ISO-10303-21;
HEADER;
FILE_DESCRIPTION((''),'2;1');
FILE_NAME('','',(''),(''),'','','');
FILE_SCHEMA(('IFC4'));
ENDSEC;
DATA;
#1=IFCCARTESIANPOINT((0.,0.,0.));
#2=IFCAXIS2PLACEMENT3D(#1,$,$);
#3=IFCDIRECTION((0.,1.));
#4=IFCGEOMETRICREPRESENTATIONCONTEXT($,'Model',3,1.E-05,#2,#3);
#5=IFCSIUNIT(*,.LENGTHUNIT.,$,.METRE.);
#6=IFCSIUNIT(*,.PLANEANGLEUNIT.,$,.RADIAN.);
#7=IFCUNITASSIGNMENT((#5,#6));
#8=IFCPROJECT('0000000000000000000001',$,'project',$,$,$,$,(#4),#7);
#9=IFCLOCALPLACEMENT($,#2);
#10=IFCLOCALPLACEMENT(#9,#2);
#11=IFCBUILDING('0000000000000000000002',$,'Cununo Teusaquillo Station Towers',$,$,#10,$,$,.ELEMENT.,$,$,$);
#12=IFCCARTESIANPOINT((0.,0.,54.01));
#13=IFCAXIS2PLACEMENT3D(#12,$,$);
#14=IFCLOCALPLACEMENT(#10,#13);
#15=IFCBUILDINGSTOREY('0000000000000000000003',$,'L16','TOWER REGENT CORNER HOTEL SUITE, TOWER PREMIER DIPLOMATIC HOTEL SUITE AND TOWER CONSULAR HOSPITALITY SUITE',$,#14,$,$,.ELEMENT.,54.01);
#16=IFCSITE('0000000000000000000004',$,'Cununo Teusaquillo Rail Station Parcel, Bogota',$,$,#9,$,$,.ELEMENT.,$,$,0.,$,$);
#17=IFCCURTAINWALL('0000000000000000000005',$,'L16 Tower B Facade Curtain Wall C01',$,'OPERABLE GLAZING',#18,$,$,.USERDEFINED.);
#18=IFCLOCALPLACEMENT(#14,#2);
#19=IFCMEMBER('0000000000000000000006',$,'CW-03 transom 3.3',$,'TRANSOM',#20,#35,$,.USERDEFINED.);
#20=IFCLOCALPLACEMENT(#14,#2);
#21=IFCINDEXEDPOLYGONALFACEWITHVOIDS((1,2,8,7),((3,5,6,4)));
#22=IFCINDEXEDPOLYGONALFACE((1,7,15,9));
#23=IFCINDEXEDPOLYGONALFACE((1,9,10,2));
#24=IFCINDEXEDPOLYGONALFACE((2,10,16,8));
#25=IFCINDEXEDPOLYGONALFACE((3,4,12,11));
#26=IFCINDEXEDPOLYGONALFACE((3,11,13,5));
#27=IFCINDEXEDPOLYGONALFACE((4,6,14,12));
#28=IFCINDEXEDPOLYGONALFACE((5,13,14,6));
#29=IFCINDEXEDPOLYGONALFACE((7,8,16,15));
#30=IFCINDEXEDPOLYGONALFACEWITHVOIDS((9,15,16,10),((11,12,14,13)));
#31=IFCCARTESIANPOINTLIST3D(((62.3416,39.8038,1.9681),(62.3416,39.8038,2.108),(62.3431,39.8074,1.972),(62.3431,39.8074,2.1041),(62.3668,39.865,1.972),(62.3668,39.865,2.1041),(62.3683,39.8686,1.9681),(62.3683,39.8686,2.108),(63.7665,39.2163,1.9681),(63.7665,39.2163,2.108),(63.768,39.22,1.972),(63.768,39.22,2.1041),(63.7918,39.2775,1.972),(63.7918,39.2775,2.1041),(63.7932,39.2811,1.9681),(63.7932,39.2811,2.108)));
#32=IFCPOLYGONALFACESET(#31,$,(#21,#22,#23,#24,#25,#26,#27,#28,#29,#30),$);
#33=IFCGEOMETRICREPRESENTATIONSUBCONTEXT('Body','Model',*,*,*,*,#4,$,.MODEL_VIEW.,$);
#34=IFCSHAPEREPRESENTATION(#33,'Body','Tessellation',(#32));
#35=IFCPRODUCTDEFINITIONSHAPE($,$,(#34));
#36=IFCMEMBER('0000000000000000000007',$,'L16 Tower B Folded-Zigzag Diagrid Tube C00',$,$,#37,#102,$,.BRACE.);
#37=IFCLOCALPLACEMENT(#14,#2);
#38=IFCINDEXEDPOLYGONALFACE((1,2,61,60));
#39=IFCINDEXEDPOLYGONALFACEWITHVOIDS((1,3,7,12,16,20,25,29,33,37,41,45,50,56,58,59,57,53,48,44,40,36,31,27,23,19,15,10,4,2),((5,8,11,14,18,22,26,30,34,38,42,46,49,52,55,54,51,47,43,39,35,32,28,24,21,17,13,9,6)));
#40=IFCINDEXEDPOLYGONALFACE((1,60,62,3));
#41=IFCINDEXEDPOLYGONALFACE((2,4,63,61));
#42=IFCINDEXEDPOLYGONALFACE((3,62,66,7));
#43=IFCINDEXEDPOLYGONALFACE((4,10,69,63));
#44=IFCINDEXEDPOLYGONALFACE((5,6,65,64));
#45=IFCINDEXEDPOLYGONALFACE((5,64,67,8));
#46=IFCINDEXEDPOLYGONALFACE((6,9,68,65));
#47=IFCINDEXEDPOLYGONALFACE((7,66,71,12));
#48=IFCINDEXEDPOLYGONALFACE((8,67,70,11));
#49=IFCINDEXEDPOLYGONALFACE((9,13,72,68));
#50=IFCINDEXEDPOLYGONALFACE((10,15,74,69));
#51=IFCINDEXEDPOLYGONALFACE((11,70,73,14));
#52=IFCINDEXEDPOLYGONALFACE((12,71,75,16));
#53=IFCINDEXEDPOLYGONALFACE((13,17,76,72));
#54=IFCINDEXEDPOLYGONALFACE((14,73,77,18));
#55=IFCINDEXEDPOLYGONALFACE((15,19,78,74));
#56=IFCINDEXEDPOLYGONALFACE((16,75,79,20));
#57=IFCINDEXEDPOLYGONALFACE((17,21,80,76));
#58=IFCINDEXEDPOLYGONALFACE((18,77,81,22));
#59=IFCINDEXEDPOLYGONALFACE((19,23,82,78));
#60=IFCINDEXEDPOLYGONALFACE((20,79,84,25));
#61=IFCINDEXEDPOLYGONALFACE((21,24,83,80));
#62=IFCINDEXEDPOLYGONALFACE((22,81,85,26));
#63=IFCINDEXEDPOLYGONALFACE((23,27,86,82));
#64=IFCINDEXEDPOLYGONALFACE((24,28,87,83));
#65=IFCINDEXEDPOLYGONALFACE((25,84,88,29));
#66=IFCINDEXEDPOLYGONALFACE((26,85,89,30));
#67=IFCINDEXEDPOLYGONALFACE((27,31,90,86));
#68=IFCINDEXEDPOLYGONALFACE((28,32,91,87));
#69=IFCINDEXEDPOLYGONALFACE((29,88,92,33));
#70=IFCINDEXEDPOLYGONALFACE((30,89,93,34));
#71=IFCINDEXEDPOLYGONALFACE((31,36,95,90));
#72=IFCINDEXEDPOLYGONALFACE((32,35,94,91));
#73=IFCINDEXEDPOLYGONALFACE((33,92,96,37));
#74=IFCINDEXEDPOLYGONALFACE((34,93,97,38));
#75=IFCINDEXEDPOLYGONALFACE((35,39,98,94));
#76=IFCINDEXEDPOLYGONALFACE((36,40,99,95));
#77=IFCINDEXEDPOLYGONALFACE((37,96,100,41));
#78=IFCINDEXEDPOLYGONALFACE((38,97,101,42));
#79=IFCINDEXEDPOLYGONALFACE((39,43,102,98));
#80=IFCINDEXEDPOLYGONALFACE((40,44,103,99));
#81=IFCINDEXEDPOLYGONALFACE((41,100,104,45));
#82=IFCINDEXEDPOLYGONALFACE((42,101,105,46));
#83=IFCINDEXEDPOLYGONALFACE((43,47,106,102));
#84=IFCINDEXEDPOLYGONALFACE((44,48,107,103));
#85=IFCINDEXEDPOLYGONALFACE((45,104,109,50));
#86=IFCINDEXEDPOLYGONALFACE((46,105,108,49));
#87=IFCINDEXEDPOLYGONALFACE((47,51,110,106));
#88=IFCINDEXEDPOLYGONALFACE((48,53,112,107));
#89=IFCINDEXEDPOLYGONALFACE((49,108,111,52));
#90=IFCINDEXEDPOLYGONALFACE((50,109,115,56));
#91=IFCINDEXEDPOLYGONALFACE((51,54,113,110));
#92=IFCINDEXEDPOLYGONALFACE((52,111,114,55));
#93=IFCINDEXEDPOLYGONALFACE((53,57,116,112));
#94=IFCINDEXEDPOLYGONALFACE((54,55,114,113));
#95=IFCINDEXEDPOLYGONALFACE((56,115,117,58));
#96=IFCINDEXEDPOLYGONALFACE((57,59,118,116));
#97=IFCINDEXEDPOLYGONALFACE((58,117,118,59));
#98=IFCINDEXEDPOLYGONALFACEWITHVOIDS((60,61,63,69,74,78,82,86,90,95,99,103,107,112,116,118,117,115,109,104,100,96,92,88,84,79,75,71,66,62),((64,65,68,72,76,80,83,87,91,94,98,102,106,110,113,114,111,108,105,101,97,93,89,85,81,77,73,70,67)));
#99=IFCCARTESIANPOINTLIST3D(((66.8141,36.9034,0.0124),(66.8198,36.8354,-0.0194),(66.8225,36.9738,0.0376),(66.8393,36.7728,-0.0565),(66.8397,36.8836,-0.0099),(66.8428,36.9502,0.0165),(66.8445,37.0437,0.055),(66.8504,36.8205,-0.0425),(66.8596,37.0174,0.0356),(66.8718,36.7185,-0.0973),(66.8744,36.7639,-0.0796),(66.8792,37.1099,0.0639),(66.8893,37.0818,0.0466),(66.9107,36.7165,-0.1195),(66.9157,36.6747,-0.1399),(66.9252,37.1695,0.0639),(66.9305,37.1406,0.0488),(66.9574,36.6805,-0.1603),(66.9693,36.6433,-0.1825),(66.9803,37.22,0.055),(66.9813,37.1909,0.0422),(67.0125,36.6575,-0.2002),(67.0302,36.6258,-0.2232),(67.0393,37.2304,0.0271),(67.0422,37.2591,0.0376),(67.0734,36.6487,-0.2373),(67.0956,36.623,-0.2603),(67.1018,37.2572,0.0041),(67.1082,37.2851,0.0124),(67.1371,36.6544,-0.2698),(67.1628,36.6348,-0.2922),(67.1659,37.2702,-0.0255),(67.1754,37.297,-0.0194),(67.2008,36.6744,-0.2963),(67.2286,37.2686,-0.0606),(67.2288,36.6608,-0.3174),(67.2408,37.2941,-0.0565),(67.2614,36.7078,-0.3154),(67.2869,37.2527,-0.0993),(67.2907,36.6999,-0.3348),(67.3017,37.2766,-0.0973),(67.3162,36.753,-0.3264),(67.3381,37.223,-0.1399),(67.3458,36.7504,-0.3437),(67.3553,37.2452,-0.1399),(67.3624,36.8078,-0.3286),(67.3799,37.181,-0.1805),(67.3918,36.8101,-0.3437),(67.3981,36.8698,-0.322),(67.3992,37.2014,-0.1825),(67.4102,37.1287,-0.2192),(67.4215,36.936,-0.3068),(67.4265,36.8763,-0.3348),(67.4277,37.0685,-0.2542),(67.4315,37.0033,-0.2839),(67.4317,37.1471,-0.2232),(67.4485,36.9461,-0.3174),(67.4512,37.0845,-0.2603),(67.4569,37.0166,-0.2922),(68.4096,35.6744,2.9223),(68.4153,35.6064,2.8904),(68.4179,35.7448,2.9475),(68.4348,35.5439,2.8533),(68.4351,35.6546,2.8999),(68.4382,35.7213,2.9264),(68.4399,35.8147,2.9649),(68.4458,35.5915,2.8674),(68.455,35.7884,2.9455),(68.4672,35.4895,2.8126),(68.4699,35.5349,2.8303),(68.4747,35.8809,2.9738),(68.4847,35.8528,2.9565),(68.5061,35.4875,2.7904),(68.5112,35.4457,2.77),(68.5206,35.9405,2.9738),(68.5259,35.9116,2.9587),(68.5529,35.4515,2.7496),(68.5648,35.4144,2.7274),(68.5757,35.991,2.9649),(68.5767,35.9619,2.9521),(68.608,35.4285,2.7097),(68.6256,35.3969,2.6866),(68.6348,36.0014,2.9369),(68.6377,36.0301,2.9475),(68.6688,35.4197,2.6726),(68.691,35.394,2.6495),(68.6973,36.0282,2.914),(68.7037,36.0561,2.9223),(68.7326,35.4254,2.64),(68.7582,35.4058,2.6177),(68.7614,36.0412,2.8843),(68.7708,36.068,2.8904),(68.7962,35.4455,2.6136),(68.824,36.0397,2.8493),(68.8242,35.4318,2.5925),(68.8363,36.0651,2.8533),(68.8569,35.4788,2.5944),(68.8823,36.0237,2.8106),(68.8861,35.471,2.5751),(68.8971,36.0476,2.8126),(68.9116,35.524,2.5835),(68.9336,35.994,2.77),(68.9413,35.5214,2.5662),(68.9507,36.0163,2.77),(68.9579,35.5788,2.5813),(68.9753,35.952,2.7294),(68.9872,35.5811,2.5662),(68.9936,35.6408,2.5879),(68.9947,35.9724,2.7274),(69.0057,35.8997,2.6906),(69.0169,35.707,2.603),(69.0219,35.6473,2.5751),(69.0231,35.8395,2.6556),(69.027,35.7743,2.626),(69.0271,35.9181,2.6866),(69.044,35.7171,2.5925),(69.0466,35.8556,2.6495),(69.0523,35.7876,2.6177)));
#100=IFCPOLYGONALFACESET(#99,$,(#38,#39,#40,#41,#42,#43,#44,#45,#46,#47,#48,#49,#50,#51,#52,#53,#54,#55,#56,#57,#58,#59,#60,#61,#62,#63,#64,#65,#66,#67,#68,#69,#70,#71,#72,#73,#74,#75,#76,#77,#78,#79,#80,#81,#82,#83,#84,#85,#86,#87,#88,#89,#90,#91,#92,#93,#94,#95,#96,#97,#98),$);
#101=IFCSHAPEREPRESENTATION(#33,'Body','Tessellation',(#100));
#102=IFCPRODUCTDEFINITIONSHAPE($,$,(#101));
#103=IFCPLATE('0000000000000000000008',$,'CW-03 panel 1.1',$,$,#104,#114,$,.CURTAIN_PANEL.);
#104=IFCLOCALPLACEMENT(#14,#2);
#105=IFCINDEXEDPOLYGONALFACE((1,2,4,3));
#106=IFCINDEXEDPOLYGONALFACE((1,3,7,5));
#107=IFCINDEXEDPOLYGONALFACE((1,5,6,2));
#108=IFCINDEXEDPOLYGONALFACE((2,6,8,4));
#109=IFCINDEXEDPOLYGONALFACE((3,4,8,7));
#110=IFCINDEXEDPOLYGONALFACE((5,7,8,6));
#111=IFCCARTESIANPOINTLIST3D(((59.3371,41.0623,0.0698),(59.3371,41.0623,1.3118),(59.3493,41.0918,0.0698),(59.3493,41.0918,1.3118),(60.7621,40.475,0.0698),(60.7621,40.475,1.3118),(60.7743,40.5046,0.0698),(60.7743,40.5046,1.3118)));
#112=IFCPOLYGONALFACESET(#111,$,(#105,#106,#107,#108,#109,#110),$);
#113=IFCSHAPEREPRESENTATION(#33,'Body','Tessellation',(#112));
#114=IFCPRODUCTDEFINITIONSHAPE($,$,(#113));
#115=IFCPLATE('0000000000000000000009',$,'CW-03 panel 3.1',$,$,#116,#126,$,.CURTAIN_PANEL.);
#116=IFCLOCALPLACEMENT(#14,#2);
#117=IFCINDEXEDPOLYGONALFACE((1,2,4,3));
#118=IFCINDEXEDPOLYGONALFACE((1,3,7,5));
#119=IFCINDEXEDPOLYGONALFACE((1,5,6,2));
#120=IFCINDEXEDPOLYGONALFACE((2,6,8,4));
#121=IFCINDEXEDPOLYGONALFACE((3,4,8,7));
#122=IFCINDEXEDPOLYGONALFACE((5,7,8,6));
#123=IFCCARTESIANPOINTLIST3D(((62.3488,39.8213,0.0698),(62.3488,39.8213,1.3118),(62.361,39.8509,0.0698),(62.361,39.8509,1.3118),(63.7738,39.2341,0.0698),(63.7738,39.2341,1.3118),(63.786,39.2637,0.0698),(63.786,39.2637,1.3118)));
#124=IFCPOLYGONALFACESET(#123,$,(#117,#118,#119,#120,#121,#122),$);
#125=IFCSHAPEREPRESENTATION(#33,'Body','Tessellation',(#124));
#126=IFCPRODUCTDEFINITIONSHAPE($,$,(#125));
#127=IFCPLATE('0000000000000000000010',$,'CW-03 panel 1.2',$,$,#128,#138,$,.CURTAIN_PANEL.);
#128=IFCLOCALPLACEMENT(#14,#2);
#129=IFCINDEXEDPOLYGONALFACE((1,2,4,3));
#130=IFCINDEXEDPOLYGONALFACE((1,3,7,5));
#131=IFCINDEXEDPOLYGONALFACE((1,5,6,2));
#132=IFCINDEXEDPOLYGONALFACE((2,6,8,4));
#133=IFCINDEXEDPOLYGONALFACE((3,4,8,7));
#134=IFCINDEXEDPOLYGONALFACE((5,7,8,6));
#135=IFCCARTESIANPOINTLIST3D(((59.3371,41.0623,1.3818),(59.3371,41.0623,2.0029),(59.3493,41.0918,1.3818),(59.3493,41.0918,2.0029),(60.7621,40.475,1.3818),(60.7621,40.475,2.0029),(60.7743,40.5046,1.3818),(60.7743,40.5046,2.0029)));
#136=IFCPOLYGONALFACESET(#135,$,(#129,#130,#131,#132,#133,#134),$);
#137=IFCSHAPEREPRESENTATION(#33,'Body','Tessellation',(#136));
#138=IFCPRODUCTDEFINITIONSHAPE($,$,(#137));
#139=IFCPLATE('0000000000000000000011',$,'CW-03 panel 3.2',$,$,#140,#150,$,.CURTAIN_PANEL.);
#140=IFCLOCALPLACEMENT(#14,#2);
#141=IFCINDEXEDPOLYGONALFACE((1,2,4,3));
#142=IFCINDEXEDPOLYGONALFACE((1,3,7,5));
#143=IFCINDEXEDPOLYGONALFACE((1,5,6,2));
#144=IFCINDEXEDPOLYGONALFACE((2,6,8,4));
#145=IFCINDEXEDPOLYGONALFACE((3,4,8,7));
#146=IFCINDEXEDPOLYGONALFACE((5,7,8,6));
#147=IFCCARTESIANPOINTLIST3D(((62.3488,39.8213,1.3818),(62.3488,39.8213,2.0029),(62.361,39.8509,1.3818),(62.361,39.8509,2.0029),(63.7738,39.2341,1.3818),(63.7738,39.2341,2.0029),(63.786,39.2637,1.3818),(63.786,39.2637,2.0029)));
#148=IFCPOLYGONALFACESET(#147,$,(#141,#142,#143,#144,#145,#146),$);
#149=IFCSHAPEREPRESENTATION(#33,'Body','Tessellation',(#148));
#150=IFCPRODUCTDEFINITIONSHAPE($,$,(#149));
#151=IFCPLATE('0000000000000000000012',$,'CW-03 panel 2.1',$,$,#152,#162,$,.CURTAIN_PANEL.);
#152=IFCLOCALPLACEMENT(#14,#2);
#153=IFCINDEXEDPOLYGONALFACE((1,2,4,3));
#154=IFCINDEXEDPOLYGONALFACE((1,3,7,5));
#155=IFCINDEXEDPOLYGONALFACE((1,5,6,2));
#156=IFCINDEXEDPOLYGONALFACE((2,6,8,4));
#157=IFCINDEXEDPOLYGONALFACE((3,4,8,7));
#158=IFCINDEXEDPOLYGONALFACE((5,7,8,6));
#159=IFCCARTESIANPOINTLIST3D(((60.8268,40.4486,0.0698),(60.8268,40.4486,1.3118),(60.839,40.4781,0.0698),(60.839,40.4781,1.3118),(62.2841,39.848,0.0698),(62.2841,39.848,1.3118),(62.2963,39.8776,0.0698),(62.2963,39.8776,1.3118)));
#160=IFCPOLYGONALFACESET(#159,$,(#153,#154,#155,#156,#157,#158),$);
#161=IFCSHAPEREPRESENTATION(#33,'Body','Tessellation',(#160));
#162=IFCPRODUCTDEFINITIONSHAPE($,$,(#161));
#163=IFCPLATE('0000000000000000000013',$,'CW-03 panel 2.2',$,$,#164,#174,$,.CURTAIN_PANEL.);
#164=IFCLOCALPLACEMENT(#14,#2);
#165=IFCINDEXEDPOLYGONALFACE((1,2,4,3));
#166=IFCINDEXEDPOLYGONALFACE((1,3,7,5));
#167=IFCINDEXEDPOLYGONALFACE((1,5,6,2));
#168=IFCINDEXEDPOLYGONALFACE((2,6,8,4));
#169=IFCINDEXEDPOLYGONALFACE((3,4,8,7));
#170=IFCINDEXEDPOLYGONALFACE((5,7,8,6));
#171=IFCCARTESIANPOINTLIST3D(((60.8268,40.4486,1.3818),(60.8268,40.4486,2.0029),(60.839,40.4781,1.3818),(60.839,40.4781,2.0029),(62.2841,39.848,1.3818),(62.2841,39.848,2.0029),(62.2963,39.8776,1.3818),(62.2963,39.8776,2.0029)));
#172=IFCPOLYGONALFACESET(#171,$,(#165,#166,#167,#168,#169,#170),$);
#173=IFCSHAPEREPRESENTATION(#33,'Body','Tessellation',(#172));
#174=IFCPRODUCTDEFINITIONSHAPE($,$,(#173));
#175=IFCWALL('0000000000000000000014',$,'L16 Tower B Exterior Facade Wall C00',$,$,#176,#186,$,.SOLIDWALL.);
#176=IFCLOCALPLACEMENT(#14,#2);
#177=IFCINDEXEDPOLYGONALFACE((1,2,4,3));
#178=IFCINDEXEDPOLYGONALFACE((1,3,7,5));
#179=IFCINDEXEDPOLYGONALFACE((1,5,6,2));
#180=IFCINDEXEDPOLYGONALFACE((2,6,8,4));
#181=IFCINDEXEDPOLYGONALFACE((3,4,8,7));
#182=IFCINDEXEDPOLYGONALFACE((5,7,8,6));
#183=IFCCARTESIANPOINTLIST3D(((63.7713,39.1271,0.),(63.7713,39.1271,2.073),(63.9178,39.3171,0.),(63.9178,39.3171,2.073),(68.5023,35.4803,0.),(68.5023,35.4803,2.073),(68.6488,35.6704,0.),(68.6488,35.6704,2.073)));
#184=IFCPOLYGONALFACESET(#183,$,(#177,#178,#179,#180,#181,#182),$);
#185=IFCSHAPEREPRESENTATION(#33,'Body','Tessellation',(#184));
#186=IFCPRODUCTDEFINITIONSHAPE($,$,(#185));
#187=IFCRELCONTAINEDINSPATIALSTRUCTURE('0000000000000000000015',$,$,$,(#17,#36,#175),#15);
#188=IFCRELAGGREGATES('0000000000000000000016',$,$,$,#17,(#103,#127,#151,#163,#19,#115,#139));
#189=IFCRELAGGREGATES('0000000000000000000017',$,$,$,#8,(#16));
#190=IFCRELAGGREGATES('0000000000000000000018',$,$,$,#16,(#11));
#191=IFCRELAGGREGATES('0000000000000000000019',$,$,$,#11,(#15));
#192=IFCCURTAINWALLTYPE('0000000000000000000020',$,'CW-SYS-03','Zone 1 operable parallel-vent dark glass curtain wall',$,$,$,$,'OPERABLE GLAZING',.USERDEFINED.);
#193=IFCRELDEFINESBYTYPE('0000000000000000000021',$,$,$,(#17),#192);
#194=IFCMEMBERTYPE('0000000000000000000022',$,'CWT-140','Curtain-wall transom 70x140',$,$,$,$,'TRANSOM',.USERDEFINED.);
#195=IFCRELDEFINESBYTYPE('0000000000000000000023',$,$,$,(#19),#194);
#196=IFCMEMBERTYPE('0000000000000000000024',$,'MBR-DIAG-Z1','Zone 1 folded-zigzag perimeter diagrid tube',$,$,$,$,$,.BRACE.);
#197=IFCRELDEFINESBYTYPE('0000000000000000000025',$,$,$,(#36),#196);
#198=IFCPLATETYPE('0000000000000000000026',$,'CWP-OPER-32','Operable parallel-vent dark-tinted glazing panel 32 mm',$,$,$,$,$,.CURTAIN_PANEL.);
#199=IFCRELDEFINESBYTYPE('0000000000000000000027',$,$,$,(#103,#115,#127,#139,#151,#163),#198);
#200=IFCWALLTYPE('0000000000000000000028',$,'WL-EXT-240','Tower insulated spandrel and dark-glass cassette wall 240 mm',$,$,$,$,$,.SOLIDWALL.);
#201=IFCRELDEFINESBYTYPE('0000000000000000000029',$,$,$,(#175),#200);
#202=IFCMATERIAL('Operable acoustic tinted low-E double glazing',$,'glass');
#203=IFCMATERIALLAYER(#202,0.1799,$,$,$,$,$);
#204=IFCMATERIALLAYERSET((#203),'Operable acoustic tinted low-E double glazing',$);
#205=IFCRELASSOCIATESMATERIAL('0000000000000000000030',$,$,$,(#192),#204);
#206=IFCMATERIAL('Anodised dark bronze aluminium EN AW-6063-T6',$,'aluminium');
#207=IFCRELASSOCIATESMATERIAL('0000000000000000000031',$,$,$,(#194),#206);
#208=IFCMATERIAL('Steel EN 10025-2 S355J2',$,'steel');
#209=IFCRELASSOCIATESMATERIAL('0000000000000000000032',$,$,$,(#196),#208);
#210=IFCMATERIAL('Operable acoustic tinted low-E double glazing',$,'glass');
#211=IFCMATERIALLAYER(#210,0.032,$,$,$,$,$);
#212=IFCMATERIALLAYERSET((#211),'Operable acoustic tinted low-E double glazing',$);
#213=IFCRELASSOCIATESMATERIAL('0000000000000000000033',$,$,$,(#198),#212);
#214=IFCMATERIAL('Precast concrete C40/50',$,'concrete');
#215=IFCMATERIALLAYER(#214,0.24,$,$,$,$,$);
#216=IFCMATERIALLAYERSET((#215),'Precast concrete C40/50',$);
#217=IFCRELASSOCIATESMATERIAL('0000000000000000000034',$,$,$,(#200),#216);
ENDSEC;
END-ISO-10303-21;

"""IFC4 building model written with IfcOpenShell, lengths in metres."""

from ifc_helpers import new_model, si_unit, direction, frame, frame_2d, origin, origin_2d, place, context, subcontext, project, spatial, rectangle, hollow_rectangle, hollow_circle, extrude, source, transform, mapped, material, layer, layer_set, material_profile, profile_set, type_object, element, aggregate, save


model = new_model("IFC4")

# Units and contexts
model_context = context("Model", 3, precision=1e-05, world=origin(), true_north=direction((0.0, 1.0)))
body_context = subcontext(model_context, "Body", "Model", "MODEL_VIEW")
ifc_project = project(units=[si_unit("LENGTHUNIT", "METRE"), si_unit("PLANEANGLEUNIT", "RADIAN")], contexts=[model_context])

# Site, building, storey
site_placement = place(None, origin())
site = spatial("IfcSite", under=ifc_project, at=site_placement, Name="Cununo Teusaquillo Rail Station Parcel, Bogota", CompositionType="ELEMENT", RefElevation=0.0)
building_placement = place(site_placement, origin())
building = spatial("IfcBuilding", under=site, at=building_placement, Name="Cununo Teusaquillo Station Towers", CompositionType="ELEMENT")
storey_placement = place(building_placement, frame((0.0, 0.0, 54.01)))
storey = spatial("IfcBuildingStorey", under=building, at=storey_placement, Name="L16", Description="TOWER REGENT CORNER HOTEL SUITE, TOWER PREMIER DIPLOMATIC HOTEL SUITE AND TOWER CONSULAR HOSPITALITY SUITE", CompositionType="ELEMENT", Elevation=54.01)

# Curtain wall, member
ifc_material_1 = material(Name="Operable acoustic tinted low-E double glazing", Category="glass")
ifc_layer_1 = layer(ifc_material_1, 0.1799)
ifc_layer_set_1 = layer_set([ifc_layer_1], Name="Operable acoustic tinted low-E double glazing")
curtain_wall_type = type_object("IfcCurtainWallType", Name="CW-SYS-03", Description="Zone 1 operable parallel-vent dark glass curtain wall", ElementType="OPERABLE GLAZING", PredefinedType="USERDEFINED", material=ifc_layer_set_1)
curtain_wall_placement = place(storey_placement, origin())
curtain_wall = element("IfcCurtainWall", 1, at=curtain_wall_placement, inside=storey, type_object=curtain_wall_type, Name="L16 Tower B Facade Curtain Wall C01", ObjectType="OPERABLE GLAZING", PredefinedType="USERDEFINED")
ifc_material_2 = material(Name="Anodised dark bronze aluminium EN AW-6063-T6", Category="aluminium")
ifc_material_profile_1 = material_profile(ifc_material_2, hollow_rectangle(XDim=0.0701, YDim=0.1399, WallThickness=0.0039, at=origin_2d()), Name="CW-TRAN-70x140")
ifc_profile_set_1 = profile_set([ifc_material_profile_1], Name="Anodised dark bronze aluminium EN AW-6063-T6")
member_type_1 = type_object("IfcMemberType", Name="CWT-140", Description="Curtain-wall transom 70x140", ElementType="TRANSOM", PredefinedType="USERDEFINED", material=ifc_profile_set_1)
member_1_placement = place(storey_placement, frame((62.355, 39.8362, 2.0381), z_axis=(0.924514, -0.381148, 0.0), x_axis=(0.381148, 0.924514, 0.0)))
member_1 = element("IfcMember", 2, at=member_1_placement, type_object=member_type_1, Name="CW-03 transom 3.3", ObjectType="TRANSOM", PredefinedType="USERDEFINED", context=body_context, shape_type="SweptSolid", body=[
    extrude(hollow_rectangle(XDim=0.0701, YDim=0.1399, WallThickness=0.0039, at=origin_2d()), origin(), (0.0, 0.0, 1.0), 1.5413),
])

# Member
ifc_material_3 = material(Name="Steel EN 10025-2 S355J2", Category="steel")
ifc_material_profile_2 = material_profile(ifc_material_3, hollow_circle(Radius=0.3601, WallThickness=0.0281, at=origin_2d()), Name="CHS 720x28")
ifc_profile_set_2 = profile_set([ifc_material_profile_2], Name="Steel EN 10025-2 S355J2")
member_type_2 = type_object("IfcMemberType", Name="MBR-DIAG-Z1", Description="Zone 1 folded-zigzag perimeter diagrid tube", PredefinedType="BRACE", material=ifc_profile_set_2)
member_2_placement = place(storey_placement, frame((67.1355, 36.96, -0.1399), z_axis=(0.45084, -0.347288, 0.822274), x_axis=(0.61025, 0.792209, 0.0)))
element("IfcMember", 3, at=member_2_placement, inside=storey, type_object=member_type_2, Name="L16 Tower B Folded-Zigzag Diagrid Tube C00", PredefinedType="BRACE", context=body_context, shape_type="SweptSolid", body=[
    extrude(hollow_circle(Radius=0.3601, WallThickness=0.0281, at=origin_2d()), origin(), (0.0, 0.0, 1.0), 3.5388),
])

# Plates
ifc_material_4 = material(Name="Operable acoustic tinted low-E double glazing", Category="glass")
ifc_layer_2 = layer(ifc_material_4, 0.032)
ifc_layer_set_2 = layer_set([ifc_layer_2], Name="Operable acoustic tinted low-E double glazing")
plate_type = type_object("IfcPlateType", Name="CWP-OPER-32", Description="Operable parallel-vent dark-tinted glazing panel 32 mm", PredefinedType="CURTAIN_PANEL", material=ifc_layer_set_2)
shared_shape_1 = source(origin(), body_context, "Body", "SweptSolid", [
    extrude(rectangle(XDim=1.5413, YDim=0.032, at=origin_2d()), origin(), (0.0, 0.0, 1.0), 1.2419),
])
plate_1_placement = place(storey_placement, frame((60.0557, 40.7834, 0.0698), z_axis=(0.0, 0.0, 1.0), x_axis=(0.924572, -0.381006, 0.0)))
plate_1 = element("IfcPlate", 4, at=plate_1_placement, type_object=plate_type, Name="CW-03 panel 1.1", PredefinedType="CURTAIN_PANEL", context=body_context, shape_type="MappedRepresentation", body=[
    mapped(shared_shape_1, transform((0.0, 0.0, 0.0), x_axis=(1.0, 0.0, 0.0), y_axis=(0.0, 1.0, 0.0), z_axis=(0.0, 0.0, 1.0), scale=1.0)),
])
plate_2_placement = place(storey_placement, frame((63.0674, 39.5425, 0.0698), z_axis=(0.0, 0.0, 1.0), x_axis=(0.924572, -0.381006, 0.0)))
plate_2 = element("IfcPlate", 5, at=plate_2_placement, type_object=plate_type, Name="CW-03 panel 3.1", PredefinedType="CURTAIN_PANEL", context=body_context, shape_type="MappedRepresentation", body=[
    mapped(shared_shape_1, transform((0.0, 0.0, 0.0), x_axis=(1.0, 0.0, 0.0), y_axis=(0.0, 1.0, 0.0), z_axis=(0.0, 0.0, 1.0), scale=1.0)),
])
shared_shape_2 = source(origin(), body_context, "Body", "SweptSolid", [
    extrude(rectangle(XDim=1.5413, YDim=0.032, at=origin_2d()), origin(), (0.0, 0.0, 1.0), 0.6211),
])
plate_3_placement = place(storey_placement, frame((60.0557, 40.7834, 1.3818), z_axis=(0.0, 0.0, 1.0), x_axis=(0.924572, -0.381006, 0.0)))
plate_3 = element("IfcPlate", 6, at=plate_3_placement, type_object=plate_type, Name="CW-03 panel 1.2", PredefinedType="CURTAIN_PANEL", context=body_context, shape_type="MappedRepresentation", body=[
    mapped(shared_shape_2, transform((0.0, 0.0, 0.0), x_axis=(1.0, 0.0, 0.0), y_axis=(0.0, 1.0, 0.0), z_axis=(0.0, 0.0, 1.0), scale=1.0)),
])
plate_4_placement = place(storey_placement, frame((63.0674, 39.5425, 1.3818), z_axis=(0.0, 0.0, 1.0), x_axis=(0.924572, -0.381006, 0.0)))
plate_4 = element("IfcPlate", 7, at=plate_4_placement, type_object=plate_type, Name="CW-03 panel 3.2", PredefinedType="CURTAIN_PANEL", context=body_context, shape_type="MappedRepresentation", body=[
    mapped(shared_shape_2, transform((0.0, 0.0, 0.0), x_axis=(1.0, 0.0, 0.0), y_axis=(0.0, 1.0, 0.0), z_axis=(0.0, 0.0, 1.0), scale=1.0)),
])
shared_shape_3 = source(origin(), body_context, "Body", "SweptSolid", [
    extrude(rectangle(XDim=1.5762, YDim=0.032, at=origin_2d()), origin(), (0.0, 0.0, 1.0), 1.2419),
])
plate_5_placement = place(storey_placement, frame((61.5615, 40.1631, 0.0698), z_axis=(0.0, 0.0, 1.0), x_axis=(0.924572, -0.381006, 0.0)))
plate_5 = element("IfcPlate", 8, at=plate_5_placement, type_object=plate_type, Name="CW-03 panel 2.1", PredefinedType="CURTAIN_PANEL", context=body_context, shape_type="MappedRepresentation", body=[
    mapped(shared_shape_3, transform((0.0, 0.0, 0.0), x_axis=(1.0, 0.0, 0.0), y_axis=(0.0, 1.0, 0.0), z_axis=(0.0, 0.0, 1.0), scale=1.0)),
])
shared_shape_4 = source(origin(), body_context, "Body", "SweptSolid", [
    extrude(rectangle(XDim=1.5762, YDim=0.032, at=origin_2d()), origin(), (0.0, 0.0, 1.0), 0.6211),
])
plate_6_placement = place(storey_placement, frame((61.5615, 40.1631, 1.3818), z_axis=(0.0, 0.0, 1.0), x_axis=(0.924572, -0.381006, 0.0)))
plate_6 = element("IfcPlate", 9, at=plate_6_placement, type_object=plate_type, Name="CW-03 panel 2.2", PredefinedType="CURTAIN_PANEL", context=body_context, shape_type="MappedRepresentation", body=[
    mapped(shared_shape_4, transform((0.0, 0.0, 0.0), x_axis=(1.0, 0.0, 0.0), y_axis=(0.0, 1.0, 0.0), z_axis=(0.0, 0.0, 1.0), scale=1.0)),
])
aggregate(curtain_wall, [plate_1, plate_3, plate_5, plate_6, member_1, plate_2, plate_4])

# Wall
ifc_material_5 = material(Name="Precast concrete C40/50", Category="concrete")
ifc_layer_3 = layer(ifc_material_5, 0.24)
ifc_layer_set_3 = layer_set([ifc_layer_3], Name="Precast concrete C40/50")
wall_type_1 = type_object("IfcWallType", Name="WL-EXT-240", Description="Tower insulated spandrel and dark-glass cassette wall 240 mm", PredefinedType="SOLIDWALL", material=ifc_layer_set_3)
wall_1_placement = place(storey_placement, frame((63.8445, 39.2222, 0.0), z_axis=(0.0, 0.0, 1.0), x_axis=(0.792014, -0.610503, 0.0)))
element("IfcWall", 10, at=wall_1_placement, inside=storey, type_object=wall_type_1, Name="L16 Tower B Exterior Facade Wall C00", PredefinedType="SOLIDWALL", context=body_context, shape_type="SweptSolid", body=[
    extrude(rectangle(XDim=5.9734, YDim=0.24, at=frame_2d((2.9868, 0.0))), origin(), (0.0, 0.0, 1.0), 2.073),
])

save(model, "model.ifc")
